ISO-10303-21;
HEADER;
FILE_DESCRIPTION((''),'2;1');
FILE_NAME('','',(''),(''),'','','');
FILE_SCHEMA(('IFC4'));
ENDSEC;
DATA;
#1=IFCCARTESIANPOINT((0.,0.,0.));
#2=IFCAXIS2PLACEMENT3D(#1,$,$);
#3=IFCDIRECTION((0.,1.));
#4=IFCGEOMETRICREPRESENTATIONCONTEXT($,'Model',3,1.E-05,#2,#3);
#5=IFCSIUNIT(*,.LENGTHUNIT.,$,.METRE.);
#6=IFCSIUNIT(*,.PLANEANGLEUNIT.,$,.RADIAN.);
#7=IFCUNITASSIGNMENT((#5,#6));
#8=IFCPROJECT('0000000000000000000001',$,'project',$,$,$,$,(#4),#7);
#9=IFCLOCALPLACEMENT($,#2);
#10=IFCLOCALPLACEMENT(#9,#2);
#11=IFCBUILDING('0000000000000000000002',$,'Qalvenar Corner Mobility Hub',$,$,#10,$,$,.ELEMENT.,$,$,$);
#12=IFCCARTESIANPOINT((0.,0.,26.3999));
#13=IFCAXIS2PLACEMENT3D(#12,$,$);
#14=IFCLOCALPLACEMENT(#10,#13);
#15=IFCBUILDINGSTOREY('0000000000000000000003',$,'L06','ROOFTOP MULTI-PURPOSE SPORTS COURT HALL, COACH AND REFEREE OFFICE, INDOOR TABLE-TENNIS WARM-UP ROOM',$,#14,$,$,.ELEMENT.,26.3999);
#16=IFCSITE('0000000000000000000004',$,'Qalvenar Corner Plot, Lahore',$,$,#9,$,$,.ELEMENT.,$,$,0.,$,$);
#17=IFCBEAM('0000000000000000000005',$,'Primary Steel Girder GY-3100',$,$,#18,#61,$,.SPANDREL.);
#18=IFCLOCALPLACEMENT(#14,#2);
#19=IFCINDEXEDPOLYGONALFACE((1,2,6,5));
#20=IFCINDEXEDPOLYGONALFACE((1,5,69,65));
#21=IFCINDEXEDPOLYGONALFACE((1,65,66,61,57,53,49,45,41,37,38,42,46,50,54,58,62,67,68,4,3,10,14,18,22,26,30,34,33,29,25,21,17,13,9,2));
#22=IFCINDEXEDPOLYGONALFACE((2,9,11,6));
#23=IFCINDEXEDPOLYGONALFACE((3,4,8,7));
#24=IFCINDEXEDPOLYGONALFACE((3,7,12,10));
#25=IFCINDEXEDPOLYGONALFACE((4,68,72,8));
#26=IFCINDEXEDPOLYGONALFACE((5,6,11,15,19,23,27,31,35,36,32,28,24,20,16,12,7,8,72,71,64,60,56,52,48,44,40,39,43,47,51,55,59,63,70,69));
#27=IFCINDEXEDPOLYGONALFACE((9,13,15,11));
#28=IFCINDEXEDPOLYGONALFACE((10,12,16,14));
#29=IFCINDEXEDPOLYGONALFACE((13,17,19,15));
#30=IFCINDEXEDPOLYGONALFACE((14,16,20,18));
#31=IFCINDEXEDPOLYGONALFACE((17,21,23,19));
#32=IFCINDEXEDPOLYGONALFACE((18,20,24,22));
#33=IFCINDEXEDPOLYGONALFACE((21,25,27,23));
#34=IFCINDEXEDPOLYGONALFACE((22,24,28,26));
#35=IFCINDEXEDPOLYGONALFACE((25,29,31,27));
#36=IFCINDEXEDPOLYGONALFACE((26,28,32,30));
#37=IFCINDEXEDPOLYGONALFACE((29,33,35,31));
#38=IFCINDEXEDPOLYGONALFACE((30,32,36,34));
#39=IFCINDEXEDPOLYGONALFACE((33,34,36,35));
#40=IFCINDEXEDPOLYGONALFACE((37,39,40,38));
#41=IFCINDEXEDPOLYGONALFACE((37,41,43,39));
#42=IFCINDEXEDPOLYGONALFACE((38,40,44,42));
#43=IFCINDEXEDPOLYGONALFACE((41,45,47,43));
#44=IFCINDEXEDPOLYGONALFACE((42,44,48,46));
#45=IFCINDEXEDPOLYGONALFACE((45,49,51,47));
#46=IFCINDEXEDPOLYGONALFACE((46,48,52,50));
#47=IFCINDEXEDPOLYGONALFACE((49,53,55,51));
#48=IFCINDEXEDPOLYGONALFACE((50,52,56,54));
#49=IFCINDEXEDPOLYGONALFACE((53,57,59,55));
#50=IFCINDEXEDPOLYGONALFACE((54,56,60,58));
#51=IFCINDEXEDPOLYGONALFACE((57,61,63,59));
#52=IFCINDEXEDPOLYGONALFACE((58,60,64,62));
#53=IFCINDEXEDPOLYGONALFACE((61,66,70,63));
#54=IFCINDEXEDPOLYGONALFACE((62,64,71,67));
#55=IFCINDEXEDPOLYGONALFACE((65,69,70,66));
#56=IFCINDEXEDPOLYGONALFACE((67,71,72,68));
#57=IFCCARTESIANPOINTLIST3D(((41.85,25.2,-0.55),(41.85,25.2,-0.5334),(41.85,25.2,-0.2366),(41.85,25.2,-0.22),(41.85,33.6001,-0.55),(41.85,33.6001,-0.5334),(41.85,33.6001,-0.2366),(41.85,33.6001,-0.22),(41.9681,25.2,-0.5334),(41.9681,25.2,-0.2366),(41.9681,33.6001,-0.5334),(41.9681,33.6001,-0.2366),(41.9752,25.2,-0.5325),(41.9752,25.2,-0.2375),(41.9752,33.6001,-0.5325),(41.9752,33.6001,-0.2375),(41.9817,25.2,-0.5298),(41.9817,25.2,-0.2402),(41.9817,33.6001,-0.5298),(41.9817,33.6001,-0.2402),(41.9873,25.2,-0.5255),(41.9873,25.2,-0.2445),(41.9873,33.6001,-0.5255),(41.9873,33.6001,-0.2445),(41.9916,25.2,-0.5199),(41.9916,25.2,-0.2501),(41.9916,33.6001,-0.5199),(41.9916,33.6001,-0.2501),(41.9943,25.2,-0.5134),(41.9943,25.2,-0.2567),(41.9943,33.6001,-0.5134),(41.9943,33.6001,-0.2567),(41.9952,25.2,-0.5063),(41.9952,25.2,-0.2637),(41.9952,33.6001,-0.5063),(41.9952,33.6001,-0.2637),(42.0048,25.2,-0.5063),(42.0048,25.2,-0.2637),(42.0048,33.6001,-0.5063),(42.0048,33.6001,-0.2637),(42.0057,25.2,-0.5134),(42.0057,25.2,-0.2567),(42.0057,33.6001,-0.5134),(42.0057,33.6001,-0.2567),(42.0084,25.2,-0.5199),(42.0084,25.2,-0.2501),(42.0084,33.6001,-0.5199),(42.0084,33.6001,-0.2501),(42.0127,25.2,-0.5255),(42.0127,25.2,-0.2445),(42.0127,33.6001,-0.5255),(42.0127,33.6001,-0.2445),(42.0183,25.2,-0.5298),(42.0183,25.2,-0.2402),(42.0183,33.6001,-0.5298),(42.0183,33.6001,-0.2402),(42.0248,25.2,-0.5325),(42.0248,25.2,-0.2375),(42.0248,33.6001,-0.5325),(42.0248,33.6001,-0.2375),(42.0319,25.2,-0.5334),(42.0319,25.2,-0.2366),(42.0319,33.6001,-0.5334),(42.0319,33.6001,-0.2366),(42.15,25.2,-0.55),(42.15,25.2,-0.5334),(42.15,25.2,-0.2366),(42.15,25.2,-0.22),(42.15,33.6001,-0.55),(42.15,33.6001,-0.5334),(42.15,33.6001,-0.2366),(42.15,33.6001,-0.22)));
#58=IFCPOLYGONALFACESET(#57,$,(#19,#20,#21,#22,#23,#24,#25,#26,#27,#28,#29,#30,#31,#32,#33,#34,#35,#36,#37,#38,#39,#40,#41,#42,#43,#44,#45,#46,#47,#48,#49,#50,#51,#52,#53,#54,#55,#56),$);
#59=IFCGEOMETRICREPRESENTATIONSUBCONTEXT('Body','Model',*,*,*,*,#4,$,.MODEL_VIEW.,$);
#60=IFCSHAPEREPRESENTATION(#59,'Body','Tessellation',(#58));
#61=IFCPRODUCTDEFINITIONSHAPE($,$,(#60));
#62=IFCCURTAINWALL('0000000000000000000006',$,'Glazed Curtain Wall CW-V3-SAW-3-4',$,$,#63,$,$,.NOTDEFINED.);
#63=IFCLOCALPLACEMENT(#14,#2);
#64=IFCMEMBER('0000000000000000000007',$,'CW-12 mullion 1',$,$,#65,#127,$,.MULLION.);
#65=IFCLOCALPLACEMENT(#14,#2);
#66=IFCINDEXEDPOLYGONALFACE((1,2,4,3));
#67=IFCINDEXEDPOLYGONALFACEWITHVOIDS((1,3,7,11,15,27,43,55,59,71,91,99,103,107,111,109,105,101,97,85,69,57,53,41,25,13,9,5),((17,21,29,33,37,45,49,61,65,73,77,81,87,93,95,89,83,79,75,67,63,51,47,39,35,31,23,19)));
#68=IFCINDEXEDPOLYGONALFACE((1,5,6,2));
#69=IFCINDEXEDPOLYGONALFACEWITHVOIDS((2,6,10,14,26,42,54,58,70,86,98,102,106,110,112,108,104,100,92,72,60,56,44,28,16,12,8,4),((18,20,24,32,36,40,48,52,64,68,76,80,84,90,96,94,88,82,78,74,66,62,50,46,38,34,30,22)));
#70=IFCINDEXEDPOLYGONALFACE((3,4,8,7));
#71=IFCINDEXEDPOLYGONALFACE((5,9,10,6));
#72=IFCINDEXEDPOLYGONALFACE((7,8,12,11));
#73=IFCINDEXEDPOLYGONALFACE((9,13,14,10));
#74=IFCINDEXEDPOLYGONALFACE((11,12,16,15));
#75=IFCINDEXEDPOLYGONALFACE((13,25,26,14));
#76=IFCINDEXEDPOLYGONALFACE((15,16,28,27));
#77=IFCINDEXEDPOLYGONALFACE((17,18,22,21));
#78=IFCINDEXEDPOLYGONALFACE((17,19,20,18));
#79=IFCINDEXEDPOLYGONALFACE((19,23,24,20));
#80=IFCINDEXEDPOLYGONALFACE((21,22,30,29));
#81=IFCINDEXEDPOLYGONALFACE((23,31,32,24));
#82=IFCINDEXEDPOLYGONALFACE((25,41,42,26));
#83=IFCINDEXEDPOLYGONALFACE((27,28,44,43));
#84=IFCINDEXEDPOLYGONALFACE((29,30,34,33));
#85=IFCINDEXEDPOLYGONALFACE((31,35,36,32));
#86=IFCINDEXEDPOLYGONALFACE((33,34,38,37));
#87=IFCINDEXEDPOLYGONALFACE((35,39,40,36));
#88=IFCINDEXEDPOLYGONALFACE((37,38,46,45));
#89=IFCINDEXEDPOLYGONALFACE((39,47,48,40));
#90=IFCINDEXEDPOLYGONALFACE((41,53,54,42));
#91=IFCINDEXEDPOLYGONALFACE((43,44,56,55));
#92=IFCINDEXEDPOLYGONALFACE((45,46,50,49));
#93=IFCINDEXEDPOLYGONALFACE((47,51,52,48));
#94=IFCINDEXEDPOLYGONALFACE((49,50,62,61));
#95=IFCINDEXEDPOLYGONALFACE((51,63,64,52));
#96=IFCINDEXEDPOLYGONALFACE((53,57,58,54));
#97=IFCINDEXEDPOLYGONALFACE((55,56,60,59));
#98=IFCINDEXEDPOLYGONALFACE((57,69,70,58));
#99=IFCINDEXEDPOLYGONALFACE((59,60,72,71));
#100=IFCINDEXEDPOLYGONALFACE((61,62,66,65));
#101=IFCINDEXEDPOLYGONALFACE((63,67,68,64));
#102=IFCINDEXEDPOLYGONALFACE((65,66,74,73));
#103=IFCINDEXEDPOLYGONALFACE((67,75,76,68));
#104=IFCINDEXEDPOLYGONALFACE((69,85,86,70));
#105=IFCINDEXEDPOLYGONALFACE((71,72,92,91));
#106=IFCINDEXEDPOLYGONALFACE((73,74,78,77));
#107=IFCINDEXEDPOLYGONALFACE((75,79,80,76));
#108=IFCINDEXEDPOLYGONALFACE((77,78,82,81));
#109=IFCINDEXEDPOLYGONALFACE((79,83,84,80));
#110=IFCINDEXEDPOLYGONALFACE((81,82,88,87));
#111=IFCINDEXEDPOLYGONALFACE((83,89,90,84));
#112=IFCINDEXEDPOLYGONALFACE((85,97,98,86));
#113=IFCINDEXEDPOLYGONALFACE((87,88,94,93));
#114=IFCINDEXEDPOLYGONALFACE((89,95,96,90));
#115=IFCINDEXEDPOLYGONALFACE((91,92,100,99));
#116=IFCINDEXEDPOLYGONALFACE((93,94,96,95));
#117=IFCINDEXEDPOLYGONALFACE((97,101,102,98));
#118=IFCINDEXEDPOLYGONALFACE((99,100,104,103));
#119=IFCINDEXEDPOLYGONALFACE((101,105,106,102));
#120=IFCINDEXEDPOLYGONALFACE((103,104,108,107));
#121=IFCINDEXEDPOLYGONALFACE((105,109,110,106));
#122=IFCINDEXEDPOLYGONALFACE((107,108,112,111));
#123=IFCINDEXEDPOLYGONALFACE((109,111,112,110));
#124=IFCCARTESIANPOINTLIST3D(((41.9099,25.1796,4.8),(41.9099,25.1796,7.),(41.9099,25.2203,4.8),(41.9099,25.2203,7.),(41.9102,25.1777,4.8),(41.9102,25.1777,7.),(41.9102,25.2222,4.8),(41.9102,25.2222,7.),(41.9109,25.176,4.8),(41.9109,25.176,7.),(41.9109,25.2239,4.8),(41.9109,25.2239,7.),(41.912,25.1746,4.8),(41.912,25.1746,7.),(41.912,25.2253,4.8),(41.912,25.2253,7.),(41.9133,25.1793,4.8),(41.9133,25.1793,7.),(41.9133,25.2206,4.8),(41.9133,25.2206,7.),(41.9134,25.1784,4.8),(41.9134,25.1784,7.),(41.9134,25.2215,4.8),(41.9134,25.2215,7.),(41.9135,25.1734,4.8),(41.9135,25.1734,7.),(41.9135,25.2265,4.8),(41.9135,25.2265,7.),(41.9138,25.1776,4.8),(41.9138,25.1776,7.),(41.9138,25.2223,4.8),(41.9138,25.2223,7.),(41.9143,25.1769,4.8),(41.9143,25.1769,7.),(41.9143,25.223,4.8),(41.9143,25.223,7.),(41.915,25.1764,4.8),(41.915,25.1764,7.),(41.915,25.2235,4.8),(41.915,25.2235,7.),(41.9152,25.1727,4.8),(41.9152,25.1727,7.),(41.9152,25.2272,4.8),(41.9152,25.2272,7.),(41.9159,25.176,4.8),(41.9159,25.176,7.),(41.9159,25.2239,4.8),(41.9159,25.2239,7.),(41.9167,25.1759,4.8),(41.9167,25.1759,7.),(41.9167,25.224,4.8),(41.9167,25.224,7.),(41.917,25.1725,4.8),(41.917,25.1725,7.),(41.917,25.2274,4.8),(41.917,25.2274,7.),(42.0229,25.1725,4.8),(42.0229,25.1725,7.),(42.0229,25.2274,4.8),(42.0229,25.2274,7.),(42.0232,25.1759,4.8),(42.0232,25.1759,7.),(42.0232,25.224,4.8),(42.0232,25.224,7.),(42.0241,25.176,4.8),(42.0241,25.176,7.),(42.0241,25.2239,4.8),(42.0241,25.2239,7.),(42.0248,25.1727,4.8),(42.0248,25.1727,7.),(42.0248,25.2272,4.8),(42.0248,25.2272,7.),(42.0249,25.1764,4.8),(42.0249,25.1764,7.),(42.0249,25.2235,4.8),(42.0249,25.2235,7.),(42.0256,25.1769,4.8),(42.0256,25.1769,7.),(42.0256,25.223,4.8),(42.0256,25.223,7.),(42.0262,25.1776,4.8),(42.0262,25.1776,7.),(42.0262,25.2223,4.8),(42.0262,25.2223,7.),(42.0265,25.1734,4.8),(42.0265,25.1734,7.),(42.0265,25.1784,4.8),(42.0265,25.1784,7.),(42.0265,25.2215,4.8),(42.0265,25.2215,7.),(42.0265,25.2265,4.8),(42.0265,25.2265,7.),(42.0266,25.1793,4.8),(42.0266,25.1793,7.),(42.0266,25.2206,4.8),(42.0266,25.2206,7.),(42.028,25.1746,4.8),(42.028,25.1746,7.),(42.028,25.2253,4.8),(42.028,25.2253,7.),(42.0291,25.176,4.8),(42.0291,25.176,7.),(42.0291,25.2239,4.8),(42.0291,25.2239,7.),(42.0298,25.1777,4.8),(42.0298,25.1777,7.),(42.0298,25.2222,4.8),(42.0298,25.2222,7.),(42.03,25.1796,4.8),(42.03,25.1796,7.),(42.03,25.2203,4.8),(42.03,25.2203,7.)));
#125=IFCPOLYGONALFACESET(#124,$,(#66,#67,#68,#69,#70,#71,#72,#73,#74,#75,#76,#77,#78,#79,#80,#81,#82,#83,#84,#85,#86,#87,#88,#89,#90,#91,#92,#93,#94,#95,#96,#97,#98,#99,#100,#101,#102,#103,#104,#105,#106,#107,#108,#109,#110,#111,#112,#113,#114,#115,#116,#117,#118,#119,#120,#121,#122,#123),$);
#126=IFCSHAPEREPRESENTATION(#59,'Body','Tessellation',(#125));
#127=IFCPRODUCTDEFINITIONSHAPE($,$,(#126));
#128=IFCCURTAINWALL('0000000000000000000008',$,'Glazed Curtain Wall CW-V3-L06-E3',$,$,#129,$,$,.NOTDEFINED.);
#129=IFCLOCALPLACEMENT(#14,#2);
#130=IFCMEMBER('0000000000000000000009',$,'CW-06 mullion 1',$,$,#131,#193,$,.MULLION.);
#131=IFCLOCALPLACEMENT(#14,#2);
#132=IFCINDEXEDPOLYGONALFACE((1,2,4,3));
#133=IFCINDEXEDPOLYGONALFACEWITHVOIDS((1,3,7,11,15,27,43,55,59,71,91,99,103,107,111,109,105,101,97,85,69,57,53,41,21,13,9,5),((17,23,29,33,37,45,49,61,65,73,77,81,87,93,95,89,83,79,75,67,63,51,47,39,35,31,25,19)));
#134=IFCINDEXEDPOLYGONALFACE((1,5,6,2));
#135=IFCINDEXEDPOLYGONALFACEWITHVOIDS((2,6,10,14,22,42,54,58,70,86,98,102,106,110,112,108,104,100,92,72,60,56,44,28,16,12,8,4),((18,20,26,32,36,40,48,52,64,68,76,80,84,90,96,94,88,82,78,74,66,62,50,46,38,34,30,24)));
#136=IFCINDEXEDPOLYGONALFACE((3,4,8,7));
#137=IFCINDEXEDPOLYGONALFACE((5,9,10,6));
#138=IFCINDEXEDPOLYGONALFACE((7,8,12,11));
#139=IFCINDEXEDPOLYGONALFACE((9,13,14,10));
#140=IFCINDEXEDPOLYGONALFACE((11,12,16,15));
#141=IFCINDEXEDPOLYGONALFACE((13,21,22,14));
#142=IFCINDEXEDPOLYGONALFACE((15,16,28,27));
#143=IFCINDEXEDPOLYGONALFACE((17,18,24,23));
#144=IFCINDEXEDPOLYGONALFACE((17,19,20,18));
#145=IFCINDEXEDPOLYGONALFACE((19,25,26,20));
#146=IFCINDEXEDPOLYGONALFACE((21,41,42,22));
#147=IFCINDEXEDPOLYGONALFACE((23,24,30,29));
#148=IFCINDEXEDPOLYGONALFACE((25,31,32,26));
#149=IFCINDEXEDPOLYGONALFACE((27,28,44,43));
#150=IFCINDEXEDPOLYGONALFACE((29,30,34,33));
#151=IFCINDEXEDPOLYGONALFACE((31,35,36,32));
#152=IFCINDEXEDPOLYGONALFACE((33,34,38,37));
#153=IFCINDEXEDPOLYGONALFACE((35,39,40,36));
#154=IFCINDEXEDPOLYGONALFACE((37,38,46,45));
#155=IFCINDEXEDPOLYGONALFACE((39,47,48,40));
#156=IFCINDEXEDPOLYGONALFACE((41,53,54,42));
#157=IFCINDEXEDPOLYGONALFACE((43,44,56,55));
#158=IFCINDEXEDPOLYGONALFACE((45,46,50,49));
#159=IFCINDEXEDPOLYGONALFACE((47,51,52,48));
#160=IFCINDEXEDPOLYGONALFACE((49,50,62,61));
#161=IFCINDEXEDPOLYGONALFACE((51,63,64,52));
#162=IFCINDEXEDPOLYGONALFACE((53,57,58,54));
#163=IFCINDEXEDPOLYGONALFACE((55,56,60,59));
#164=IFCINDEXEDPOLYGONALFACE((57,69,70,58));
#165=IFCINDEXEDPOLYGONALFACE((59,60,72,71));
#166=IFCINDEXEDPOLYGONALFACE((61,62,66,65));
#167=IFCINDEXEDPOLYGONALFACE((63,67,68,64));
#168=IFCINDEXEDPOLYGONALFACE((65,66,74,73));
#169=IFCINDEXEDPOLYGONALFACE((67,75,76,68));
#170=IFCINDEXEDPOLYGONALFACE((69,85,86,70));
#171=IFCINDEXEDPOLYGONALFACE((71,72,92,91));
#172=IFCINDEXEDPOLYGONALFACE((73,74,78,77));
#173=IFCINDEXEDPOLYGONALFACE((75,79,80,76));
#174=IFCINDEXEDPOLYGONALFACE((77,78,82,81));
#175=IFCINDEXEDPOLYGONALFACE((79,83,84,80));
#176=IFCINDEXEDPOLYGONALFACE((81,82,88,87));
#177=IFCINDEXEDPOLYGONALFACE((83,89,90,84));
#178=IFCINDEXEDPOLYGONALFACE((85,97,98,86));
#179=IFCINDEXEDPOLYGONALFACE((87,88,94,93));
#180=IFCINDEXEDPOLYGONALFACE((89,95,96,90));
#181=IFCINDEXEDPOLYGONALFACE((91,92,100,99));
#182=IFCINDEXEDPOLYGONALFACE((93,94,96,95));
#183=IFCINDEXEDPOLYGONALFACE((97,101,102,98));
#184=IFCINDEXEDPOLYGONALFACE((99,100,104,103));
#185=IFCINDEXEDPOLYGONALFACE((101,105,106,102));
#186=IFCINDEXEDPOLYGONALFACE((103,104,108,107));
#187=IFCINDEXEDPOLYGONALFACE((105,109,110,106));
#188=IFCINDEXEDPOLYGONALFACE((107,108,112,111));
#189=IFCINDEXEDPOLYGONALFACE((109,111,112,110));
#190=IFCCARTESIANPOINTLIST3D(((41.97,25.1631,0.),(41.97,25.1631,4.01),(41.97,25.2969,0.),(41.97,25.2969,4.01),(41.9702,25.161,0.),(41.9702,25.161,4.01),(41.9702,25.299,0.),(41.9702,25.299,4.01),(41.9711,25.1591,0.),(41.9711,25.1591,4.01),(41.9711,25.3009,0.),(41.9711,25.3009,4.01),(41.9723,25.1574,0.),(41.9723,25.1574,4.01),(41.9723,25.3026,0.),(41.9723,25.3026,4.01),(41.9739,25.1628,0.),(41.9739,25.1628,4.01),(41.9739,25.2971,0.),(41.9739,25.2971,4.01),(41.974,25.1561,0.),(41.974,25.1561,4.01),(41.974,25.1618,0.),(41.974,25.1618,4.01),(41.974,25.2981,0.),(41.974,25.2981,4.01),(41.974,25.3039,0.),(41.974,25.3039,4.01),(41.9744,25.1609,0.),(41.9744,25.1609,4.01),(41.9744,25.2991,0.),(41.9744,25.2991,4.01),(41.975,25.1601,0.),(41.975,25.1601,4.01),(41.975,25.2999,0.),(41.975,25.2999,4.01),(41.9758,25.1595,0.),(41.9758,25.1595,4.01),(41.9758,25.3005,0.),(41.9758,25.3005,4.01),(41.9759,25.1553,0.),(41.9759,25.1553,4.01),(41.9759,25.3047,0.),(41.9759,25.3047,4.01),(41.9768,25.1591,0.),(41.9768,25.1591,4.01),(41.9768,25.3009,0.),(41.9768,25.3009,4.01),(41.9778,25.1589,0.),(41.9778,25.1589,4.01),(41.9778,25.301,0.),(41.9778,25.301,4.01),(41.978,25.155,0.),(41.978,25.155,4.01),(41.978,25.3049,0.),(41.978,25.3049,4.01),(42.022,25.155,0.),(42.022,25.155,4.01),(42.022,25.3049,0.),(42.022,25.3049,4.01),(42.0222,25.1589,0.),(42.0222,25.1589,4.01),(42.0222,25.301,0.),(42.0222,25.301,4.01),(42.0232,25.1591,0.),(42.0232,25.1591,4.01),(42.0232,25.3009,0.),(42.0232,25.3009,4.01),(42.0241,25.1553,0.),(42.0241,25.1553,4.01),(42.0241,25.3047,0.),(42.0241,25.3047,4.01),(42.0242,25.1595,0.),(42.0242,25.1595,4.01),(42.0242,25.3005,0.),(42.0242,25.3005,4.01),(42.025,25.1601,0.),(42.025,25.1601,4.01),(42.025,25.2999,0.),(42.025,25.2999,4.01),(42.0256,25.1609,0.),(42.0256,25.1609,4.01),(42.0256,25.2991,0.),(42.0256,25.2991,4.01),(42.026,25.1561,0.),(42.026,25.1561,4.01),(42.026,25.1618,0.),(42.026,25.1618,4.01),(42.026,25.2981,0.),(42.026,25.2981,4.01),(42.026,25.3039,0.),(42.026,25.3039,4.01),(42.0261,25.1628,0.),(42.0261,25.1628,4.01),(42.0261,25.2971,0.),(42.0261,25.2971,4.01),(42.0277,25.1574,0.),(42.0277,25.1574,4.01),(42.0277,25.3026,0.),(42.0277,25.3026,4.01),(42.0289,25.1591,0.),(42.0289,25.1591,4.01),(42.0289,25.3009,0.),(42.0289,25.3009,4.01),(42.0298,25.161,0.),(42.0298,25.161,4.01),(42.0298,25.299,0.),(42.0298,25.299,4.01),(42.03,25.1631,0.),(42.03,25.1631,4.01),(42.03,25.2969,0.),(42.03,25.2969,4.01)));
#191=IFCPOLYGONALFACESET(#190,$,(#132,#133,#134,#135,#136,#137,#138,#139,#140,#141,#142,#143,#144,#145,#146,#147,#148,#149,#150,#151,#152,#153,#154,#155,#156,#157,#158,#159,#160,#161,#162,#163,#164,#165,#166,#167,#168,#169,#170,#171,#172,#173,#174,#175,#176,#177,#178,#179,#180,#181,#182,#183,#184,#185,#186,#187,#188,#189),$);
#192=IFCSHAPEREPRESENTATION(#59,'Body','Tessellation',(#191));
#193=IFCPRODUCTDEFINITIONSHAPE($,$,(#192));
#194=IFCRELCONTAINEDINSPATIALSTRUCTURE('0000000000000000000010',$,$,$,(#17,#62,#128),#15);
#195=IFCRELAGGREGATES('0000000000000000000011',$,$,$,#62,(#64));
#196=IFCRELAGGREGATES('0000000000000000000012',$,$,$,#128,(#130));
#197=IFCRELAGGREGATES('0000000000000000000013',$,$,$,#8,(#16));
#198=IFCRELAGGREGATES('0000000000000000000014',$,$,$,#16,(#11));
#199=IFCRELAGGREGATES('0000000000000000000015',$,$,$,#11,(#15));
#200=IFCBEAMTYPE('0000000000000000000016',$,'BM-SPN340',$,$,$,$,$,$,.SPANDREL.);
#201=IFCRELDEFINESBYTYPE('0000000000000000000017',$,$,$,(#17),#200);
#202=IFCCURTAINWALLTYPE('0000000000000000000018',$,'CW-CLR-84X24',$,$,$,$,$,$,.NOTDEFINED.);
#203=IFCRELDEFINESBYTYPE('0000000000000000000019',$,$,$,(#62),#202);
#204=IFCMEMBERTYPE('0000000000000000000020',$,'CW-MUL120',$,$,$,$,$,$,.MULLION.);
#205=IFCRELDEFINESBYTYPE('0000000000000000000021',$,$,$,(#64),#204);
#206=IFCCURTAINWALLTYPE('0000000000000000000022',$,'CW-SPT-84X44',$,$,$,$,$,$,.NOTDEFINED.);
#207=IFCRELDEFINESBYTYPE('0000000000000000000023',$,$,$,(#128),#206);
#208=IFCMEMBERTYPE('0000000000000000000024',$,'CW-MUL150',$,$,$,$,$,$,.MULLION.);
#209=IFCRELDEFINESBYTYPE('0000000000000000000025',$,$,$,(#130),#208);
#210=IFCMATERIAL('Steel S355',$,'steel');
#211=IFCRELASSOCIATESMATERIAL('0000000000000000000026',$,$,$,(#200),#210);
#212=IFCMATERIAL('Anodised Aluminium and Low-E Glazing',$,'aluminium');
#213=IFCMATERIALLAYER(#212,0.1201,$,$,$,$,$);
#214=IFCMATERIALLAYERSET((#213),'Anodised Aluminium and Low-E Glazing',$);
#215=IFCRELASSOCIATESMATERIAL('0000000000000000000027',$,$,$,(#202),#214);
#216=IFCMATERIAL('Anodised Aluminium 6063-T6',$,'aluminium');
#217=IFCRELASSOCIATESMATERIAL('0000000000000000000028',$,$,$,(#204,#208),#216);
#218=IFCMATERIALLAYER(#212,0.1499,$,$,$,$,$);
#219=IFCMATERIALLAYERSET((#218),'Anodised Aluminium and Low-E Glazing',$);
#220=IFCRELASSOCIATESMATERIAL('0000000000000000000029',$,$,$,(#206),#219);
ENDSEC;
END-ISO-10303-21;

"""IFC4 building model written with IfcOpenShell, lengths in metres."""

from ifc_helpers import new_model, si_unit, direction, frame, origin, origin_2d, place, context, subcontext, project, spatial, hollow_rectangle, i_section, extrude, material, layer, layer_set, material_profile, profile_set, type_object, element, aggregate, save


model = new_model("IFC4")

# Units and contexts
model_context = context("Model", 3, precision=1e-05, world=origin(), true_north=direction((0.0, 1.0)))
body_context = subcontext(model_context, "Body", "Model", "MODEL_VIEW")
ifc_project = project(units=[si_unit("LENGTHUNIT", "METRE"), si_unit("PLANEANGLEUNIT", "RADIAN")], contexts=[model_context])

# Site, building, storey
site_placement = place(None, origin())
site = spatial("IfcSite", under=ifc_project, at=site_placement, Name="Qalvenar Corner Plot, Lahore", CompositionType="ELEMENT", RefElevation=0.0)
building_placement = place(site_placement, origin())
building = spatial("IfcBuilding", under=site, at=building_placement, Name="Qalvenar Corner Mobility Hub", CompositionType="ELEMENT")
storey_placement = place(building_placement, frame((0.0, 0.0, 26.3999)))
storey = spatial("IfcBuildingStorey", under=building, at=storey_placement, Name="L06", Description="ROOFTOP MULTI-PURPOSE SPORTS COURT HALL, COACH AND REFEREE OFFICE, INDOOR TABLE-TENNIS WARM-UP ROOM", CompositionType="ELEMENT", Elevation=26.3999)

# Shared definitions
ifc_material_1 = material(Name="Steel S355", Category="steel")

# Beam
ifc_material_profile_1 = material_profile(ifc_material_1, i_section(OverallWidth=0.3, OverallDepth=0.3301, WebThickness=0.0095, FlangeThickness=0.0166, FilletRadius=0.0271, at=origin_2d()), Name="HEA340")
ifc_profile_set_1 = profile_set([ifc_material_profile_1], Name="Steel S355")
beam_type_1 = type_object("IfcBeamType", Name="BM-SPN340", PredefinedType="SPANDREL", material=ifc_profile_set_1)
beam_1_placement = place(storey_placement, frame((42.0, 25.2, -0.385), z_axis=(0.0, 1.0, 0.0), x_axis=(-1.0, 0.0, 0.0)))
element("IfcBeam", 1, at=beam_1_placement, inside=storey, type_object=beam_type_1, Name="Primary Steel Girder GY-3100", PredefinedType="SPANDREL", context=body_context, shape_type="SweptSolid", body=[
    extrude(i_section(OverallWidth=0.3, OverallDepth=0.3301, WebThickness=0.0095, FlangeThickness=0.0166, FilletRadius=0.0271, at=origin_2d()), origin(), (0.0, 0.0, 1.0), 8.4001),
])

# Curtain wall, member
ifc_material_2 = material(Name="Anodised Aluminium and Low-E Glazing", Category="aluminium")
ifc_layer_1 = layer(ifc_material_2, 0.1201)
ifc_layer_set_1 = layer_set([ifc_layer_1], Name="Anodised Aluminium and Low-E Glazing")
curtain_wall_type_1 = type_object("IfcCurtainWallType", Name="CW-CLR-84X24", PredefinedType="NOTDEFINED", material=ifc_layer_set_1)
curtain_wall_1_placement = place(storey_placement, origin())
curtain_wall_1 = element("IfcCurtainWall", 2, at=curtain_wall_1_placement, inside=storey, type_object=curtain_wall_type_1, Name="Glazed Curtain Wall CW-V3-SAW-3-4", PredefinedType="NOTDEFINED")
ifc_material_3 = material(Name="Anodised Aluminium 6063-T6", Category="aluminium")
ifc_material_profile_2 = material_profile(ifc_material_3, hollow_rectangle(XDim=0.0549, YDim=0.1201, WallThickness=0.0034, InnerFilletRadius=0.0034, OuterFilletRadius=0.0071, at=origin_2d()), Name="RHS120x55x3.5")
ifc_profile_set_2 = profile_set([ifc_material_profile_2], Name="Anodised Aluminium 6063-T6")
member_type_1 = type_object("IfcMemberType", Name="CW-MUL120", PredefinedType="MULLION", material=ifc_profile_set_2)
member_1_placement = place(storey_placement, frame((41.97, 25.2, 4.8), z_axis=(0.0, 0.0, 1.0), x_axis=(0.0, -1.0, 0.0)))
member_1 = element("IfcMember", 3, at=member_1_placement, type_object=member_type_1, Name="CW-12 mullion 1", PredefinedType="MULLION", context=body_context, shape_type="SweptSolid", body=[
    extrude(hollow_rectangle(XDim=0.0549, YDim=0.1201, WallThickness=0.0034, InnerFilletRadius=0.0034, OuterFilletRadius=0.0071, at=origin_2d()), origin(), (0.0, 0.0, 1.0), 2.2),
])

# Curtain wall, member
ifc_layer_2 = layer(ifc_material_2, 0.1499)
ifc_layer_set_2 = layer_set([ifc_layer_2], Name="Anodised Aluminium and Low-E Glazing")
curtain_wall_type_2 = type_object("IfcCurtainWallType", Name="CW-SPT-84X44", PredefinedType="NOTDEFINED", material=ifc_layer_set_2)
curtain_wall_2_placement = place(storey_placement, origin())
curtain_wall_2 = element("IfcCurtainWall", 4, at=curtain_wall_2_placement, inside=storey, type_object=curtain_wall_type_2, Name="Glazed Curtain Wall CW-V3-L06-E3", PredefinedType="NOTDEFINED")
ifc_material_profile_3 = material_profile(ifc_material_3, hollow_rectangle(XDim=0.0601, YDim=0.1499, WallThickness=0.0039, InnerFilletRadius=0.0039, OuterFilletRadius=0.0081, at=origin_2d()), Name="RHS150x60x4")
ifc_profile_set_3 = profile_set([ifc_material_profile_3], Name="Anodised Aluminium 6063-T6")
member_type_2 = type_object("IfcMemberType", Name="CW-MUL150", PredefinedType="MULLION", material=ifc_profile_set_3)
member_2_placement = place(storey_placement, frame((42.0, 25.23, 0.0), z_axis=(0.0, 0.0, 1.0), x_axis=(-1.0, 0.0, 0.0)))
member_2 = element("IfcMember", 5, at=member_2_placement, type_object=member_type_2, Name="CW-06 mullion 1", PredefinedType="MULLION", context=body_context, shape_type="SweptSolid", body=[
    extrude(hollow_rectangle(XDim=0.0601, YDim=0.1499, WallThickness=0.0039, InnerFilletRadius=0.0039, OuterFilletRadius=0.0081, at=origin_2d()), origin(), (0.0, 0.0, 1.0), 4.01),
])

aggregate(curtain_wall_1, [member_1])

aggregate(curtain_wall_2, [member_2])

save(model, "model.ifc")
